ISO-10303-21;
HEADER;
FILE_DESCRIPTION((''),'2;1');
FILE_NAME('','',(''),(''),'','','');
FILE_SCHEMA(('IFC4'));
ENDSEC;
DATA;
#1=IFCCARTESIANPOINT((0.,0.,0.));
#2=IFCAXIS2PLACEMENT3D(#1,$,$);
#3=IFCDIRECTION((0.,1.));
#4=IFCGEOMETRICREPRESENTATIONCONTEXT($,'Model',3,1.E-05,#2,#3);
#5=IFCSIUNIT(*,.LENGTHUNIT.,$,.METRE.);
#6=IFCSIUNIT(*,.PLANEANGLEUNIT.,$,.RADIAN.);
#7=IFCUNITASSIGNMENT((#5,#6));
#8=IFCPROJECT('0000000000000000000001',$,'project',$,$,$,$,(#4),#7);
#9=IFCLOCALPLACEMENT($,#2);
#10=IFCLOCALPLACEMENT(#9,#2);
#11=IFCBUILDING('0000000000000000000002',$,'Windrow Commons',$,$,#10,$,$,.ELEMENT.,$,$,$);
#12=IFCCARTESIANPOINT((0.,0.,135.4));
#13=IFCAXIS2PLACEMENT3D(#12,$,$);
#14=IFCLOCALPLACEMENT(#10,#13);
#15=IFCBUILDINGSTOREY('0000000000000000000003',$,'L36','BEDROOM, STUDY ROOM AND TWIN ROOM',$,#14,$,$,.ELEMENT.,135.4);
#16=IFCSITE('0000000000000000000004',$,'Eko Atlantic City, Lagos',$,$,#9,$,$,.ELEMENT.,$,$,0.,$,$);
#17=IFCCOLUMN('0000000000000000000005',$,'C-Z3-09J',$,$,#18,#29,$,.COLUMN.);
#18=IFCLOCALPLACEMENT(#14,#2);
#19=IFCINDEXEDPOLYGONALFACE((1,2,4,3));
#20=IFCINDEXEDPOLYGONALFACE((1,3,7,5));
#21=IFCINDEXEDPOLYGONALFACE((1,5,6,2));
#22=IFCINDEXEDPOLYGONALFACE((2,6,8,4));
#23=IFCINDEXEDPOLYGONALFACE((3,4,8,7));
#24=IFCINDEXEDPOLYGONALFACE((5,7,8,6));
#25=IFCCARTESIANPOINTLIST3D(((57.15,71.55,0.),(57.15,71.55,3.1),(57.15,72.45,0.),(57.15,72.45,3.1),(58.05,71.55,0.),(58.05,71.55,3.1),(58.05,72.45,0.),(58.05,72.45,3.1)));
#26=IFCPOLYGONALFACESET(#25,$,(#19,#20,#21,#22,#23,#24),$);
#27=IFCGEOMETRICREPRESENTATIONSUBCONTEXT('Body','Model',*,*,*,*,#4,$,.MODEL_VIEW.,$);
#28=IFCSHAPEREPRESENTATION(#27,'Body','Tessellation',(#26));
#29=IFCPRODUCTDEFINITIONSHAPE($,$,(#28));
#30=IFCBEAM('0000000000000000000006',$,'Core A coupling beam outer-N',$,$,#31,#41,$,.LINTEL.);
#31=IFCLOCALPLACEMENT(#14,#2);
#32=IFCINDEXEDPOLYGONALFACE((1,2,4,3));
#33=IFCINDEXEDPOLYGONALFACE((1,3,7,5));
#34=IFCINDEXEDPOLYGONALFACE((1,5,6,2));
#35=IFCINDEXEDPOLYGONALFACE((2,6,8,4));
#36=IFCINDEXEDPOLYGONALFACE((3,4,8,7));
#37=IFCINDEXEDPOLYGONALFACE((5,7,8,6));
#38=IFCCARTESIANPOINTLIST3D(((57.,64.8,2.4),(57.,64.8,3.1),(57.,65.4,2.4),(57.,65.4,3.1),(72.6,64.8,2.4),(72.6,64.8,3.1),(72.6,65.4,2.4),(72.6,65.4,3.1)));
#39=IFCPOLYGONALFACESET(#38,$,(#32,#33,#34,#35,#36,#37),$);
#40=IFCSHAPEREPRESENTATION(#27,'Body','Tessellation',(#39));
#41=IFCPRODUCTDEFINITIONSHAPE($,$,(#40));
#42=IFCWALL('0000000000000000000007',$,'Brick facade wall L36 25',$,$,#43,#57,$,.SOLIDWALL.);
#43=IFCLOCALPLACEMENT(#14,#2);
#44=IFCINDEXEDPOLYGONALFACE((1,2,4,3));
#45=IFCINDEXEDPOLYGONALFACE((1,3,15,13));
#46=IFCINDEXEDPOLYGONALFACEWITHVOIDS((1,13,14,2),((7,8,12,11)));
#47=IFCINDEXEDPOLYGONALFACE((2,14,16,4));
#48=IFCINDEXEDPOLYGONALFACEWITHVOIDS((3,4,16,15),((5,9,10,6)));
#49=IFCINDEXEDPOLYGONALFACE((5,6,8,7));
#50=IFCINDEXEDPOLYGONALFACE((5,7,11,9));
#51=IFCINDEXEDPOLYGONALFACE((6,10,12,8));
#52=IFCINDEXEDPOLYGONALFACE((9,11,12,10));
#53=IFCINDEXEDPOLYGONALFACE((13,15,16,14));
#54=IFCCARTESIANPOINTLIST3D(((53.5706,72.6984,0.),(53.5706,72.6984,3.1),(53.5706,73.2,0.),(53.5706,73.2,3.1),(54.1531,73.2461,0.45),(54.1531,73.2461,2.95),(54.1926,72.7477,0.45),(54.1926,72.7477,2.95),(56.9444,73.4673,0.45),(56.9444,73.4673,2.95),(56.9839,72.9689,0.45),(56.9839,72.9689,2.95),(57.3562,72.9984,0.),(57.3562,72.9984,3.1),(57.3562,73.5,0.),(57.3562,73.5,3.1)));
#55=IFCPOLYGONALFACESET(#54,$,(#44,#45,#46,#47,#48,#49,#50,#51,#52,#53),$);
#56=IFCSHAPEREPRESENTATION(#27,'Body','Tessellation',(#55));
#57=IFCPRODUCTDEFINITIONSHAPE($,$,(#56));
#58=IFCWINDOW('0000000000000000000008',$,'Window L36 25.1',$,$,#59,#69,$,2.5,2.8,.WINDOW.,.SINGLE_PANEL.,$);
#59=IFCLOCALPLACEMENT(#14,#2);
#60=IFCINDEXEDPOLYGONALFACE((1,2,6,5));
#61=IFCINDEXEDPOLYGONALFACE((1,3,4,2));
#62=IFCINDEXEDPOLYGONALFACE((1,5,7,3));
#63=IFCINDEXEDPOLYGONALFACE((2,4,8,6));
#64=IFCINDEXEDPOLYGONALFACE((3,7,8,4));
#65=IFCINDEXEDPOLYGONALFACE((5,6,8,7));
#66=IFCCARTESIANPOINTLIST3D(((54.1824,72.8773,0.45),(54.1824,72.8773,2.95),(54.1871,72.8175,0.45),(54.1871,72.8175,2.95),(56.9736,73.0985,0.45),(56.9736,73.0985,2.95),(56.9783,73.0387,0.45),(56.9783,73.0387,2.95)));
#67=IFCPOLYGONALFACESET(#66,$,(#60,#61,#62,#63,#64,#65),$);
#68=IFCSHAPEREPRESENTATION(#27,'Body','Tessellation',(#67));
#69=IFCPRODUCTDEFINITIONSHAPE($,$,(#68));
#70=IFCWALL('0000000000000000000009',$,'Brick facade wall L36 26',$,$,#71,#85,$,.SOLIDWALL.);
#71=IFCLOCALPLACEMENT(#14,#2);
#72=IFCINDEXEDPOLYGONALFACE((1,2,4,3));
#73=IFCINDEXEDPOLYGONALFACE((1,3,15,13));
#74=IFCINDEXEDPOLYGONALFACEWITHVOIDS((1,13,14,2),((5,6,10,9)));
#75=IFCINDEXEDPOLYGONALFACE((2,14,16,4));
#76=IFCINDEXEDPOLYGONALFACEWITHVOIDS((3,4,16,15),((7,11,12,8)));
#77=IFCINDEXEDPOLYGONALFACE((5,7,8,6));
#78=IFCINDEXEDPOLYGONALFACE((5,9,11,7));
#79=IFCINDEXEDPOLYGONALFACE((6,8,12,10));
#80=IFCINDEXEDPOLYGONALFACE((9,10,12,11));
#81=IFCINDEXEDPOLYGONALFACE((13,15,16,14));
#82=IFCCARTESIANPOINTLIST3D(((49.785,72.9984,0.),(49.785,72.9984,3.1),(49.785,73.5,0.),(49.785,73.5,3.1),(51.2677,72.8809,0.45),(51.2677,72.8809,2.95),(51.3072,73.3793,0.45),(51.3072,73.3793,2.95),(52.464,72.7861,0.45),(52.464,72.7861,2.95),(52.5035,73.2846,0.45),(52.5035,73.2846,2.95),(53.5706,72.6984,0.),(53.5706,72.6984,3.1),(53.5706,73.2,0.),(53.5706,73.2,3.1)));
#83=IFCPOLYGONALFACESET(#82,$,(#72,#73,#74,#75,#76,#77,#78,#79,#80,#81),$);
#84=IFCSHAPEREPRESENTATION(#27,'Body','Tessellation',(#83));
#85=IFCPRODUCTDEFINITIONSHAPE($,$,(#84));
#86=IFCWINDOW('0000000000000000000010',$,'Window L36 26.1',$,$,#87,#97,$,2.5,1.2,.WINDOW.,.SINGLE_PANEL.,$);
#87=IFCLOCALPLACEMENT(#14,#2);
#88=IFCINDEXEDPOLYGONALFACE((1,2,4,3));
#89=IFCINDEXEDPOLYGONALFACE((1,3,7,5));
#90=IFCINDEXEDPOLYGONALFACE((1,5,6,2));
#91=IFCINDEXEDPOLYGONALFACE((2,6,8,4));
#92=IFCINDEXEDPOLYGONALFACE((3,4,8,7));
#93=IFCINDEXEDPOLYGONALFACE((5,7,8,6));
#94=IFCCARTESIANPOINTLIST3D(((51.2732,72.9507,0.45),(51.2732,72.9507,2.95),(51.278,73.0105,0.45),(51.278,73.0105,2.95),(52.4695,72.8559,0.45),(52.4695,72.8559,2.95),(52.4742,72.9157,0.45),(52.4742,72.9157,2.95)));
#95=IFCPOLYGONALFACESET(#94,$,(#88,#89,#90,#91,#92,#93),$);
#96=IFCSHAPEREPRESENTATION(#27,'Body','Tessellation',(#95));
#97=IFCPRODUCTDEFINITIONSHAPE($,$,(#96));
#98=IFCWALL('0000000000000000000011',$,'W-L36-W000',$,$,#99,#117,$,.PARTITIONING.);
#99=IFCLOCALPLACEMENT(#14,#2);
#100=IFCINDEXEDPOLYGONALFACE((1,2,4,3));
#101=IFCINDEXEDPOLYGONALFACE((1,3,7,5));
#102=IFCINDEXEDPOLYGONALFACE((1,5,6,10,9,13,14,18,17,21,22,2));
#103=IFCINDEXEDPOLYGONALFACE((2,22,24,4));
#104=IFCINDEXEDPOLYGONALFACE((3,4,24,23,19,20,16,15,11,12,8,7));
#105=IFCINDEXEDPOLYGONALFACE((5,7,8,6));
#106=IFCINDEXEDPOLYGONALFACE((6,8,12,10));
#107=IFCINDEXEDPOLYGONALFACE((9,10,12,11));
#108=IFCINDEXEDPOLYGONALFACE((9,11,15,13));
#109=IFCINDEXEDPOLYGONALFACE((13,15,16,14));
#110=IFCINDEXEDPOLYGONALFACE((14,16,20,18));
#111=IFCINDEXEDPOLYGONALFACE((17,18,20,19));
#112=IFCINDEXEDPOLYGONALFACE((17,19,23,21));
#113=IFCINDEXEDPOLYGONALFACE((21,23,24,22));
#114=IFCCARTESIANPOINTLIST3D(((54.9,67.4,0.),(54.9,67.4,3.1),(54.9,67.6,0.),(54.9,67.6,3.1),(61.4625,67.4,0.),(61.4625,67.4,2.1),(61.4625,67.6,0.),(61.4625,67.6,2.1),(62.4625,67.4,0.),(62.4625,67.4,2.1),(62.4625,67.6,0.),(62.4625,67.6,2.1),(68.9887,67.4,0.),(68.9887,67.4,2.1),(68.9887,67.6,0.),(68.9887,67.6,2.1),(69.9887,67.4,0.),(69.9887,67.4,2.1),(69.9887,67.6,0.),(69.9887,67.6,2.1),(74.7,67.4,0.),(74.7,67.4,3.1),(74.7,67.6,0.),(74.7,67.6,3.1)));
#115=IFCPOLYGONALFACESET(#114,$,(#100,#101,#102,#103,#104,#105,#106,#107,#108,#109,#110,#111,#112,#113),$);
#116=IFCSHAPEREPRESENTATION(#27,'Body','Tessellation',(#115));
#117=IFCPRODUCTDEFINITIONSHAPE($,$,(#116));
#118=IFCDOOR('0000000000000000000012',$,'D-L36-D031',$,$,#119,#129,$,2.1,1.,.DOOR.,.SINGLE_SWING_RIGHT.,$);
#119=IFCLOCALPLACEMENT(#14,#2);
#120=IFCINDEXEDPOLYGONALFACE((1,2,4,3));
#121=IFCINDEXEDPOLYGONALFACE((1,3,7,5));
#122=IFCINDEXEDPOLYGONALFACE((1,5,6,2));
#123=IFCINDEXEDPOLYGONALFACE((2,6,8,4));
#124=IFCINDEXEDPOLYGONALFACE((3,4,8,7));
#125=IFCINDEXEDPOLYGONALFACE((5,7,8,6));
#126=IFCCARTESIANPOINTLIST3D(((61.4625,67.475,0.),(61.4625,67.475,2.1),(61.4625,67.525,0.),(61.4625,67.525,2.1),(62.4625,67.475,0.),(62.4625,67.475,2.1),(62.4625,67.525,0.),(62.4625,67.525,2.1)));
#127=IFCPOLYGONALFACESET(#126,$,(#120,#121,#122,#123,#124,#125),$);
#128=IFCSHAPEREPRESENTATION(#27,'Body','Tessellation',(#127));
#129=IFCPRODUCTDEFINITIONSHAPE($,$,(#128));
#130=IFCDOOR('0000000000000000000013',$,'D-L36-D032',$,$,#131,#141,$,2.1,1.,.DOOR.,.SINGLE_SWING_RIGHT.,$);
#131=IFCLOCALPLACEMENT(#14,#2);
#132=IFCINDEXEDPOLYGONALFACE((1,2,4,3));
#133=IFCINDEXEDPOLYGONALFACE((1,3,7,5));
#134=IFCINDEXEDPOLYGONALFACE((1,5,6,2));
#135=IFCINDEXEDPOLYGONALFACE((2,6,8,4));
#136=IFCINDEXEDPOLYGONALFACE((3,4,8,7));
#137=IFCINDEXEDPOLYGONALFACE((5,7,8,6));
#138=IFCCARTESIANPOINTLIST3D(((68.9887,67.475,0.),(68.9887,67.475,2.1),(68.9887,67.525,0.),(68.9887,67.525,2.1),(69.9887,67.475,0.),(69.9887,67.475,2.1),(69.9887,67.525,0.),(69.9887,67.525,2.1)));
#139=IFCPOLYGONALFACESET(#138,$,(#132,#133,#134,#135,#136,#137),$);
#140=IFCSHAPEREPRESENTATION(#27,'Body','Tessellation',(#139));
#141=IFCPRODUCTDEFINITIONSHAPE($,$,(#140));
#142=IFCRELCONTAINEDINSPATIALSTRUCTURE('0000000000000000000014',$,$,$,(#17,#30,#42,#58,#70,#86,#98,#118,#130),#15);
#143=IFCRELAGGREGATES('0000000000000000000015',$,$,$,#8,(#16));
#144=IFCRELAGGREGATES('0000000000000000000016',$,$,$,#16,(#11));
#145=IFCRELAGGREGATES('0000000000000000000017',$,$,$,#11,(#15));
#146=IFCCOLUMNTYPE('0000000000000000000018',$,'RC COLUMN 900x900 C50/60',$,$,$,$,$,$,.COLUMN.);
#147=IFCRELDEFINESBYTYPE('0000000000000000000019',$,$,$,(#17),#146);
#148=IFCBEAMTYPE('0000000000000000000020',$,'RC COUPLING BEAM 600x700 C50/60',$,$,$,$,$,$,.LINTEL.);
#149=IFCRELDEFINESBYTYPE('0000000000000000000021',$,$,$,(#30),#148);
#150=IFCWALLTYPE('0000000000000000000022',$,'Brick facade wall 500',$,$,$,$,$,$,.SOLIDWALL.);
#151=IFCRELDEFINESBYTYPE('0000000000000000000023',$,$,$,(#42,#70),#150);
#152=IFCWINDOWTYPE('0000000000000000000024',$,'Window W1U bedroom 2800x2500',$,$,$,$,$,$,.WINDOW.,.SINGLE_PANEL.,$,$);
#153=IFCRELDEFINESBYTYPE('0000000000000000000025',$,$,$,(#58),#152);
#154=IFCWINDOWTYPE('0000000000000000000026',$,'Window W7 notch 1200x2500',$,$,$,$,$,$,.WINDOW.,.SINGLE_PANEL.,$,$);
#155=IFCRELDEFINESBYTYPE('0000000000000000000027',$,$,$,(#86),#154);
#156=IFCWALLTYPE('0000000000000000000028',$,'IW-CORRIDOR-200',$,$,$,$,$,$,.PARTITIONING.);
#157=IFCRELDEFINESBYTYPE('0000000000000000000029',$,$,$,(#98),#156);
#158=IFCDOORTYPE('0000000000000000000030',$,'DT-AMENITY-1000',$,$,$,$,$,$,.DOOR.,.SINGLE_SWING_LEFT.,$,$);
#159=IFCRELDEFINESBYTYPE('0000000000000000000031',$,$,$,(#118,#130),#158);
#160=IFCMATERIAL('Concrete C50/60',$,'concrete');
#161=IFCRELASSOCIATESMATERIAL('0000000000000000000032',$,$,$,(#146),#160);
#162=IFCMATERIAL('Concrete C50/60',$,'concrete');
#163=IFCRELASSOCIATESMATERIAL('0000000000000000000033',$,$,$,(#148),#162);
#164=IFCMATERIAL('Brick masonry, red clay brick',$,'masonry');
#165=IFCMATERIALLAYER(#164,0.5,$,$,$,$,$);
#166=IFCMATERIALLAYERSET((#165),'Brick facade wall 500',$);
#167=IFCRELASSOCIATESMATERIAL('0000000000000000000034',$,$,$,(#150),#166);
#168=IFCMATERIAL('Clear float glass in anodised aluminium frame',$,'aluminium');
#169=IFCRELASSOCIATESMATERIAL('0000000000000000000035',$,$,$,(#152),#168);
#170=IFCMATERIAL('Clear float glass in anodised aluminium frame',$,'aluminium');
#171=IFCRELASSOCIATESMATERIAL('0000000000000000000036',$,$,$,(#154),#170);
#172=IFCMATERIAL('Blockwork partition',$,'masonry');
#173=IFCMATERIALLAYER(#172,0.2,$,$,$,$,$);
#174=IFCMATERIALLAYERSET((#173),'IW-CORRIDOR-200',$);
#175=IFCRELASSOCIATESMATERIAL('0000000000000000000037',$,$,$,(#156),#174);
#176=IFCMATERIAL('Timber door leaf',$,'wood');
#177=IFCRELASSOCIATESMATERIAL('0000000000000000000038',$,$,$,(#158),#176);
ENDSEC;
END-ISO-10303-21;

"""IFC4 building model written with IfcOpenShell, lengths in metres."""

from ifc_helpers import new_model, si_unit, direction, frame, frame_2d, origin, origin_2d, place, context, subcontext, project, spatial, polyline, rectangle, outline, extrude, material, layer, layer_set, material_profile, profile_set, type_object, element, fill, save


model = new_model("IFC4")

# Units and contexts
model_context = context("Model", 3, precision=1e-05, world=origin(), true_north=direction((0.0, 1.0)))
body_context = subcontext(model_context, "Body", "Model", "MODEL_VIEW")
ifc_project = project(units=[si_unit("LENGTHUNIT", "METRE"), si_unit("PLANEANGLEUNIT", "RADIAN")], contexts=[model_context])

# Site, building, storey
site_placement = place(None, origin())
site = spatial("IfcSite", under=ifc_project, at=site_placement, Name="Eko Atlantic City, Lagos", CompositionType="ELEMENT", RefElevation=0.0)
building_placement = place(site_placement, origin())
building = spatial("IfcBuilding", under=site, at=building_placement, Name="Windrow Commons", CompositionType="ELEMENT")
storey_placement = place(building_placement, frame((0.0, 0.0, 135.4)))
storey = spatial("IfcBuildingStorey", under=building, at=storey_placement, Name="L36", Description="BEDROOM, STUDY ROOM AND TWIN ROOM", CompositionType="ELEMENT", Elevation=135.4)

# Column
ifc_material_1 = material(Name="Concrete C50/60", Category="concrete")
ifc_material_profile_1 = material_profile(ifc_material_1, rectangle(XDim=0.9, YDim=0.9, at=origin_2d()))
ifc_profile_set_1 = profile_set([ifc_material_profile_1], Name="Concrete C50/60")
column_type = type_object("IfcColumnType", Name="RC COLUMN 900x900 C50/60", PredefinedType="COLUMN", material=ifc_profile_set_1)
column_placement = place(storey_placement, frame((57.6, 72.0, 0.0), z_axis=(0.0, 0.0, 1.0), x_axis=(1.0, 0.0, 0.0)))
element("IfcColumn", 1, at=column_placement, inside=storey, type_object=column_type, Name="C-Z3-09J", PredefinedType="COLUMN", context=body_context, shape_type="SweptSolid", body=[
    extrude(rectangle(XDim=0.9, YDim=0.9, at=origin_2d()), origin(), (0.0, 0.0, 1.0), 3.1),
])

# Beam
ifc_material_2 = material(Name="Concrete C50/60", Category="concrete")
ifc_material_profile_2 = material_profile(ifc_material_2, rectangle(XDim=0.6, YDim=0.7, at=origin_2d()))
ifc_profile_set_2 = profile_set([ifc_material_profile_2], Name="Concrete C50/60")
beam_type = type_object("IfcBeamType", Name="RC COUPLING BEAM 600x700 C50/60", PredefinedType="LINTEL", material=ifc_profile_set_2)
beam_placement = place(storey_placement, frame((57.0, 65.1, 2.75), z_axis=(1.0, 0.0, 0.0), x_axis=(0.0, 1.0, 0.0)))
element("IfcBeam", 2, at=beam_placement, inside=storey, type_object=beam_type, Name="Core A coupling beam outer-N", PredefinedType="LINTEL", context=body_context, shape_type="SweptSolid", body=[
    extrude(rectangle(XDim=0.6, YDim=0.7, at=origin_2d()), origin(), (0.0, 0.0, 1.0), 15.6),
])

# Walls, openings, windows
ifc_material_3 = material(Name="Brick masonry, red clay brick", Category="masonry")
ifc_layer_1 = layer(ifc_material_3, 0.5)
ifc_layer_set_1 = layer_set([ifc_layer_1], Name="Brick facade wall 500")
wall_type_1 = type_object("IfcWallType", Name="Brick facade wall 500", PredefinedType="SOLIDWALL", material=ifc_layer_set_1)
wall_1_placement = place(storey_placement, frame((57.3562, 73.2492, 0.0), z_axis=(0.0, 0.0, 1.0), x_axis=(-0.996875, -0.079, 0.0)))
wall_1 = element("IfcWall", 3, at=wall_1_placement, inside=storey, type_object=wall_type_1, Name="Brick facade wall L36 25", PredefinedType="SOLIDWALL", context=body_context, shape_type="SweptSolid", body=[
    extrude(outline(polyline([(-0.0198, -0.25), (3.7777, -0.25), (3.8173, 0.25), (0.0198, 0.25), (-0.0198, -0.25)])), origin(), (0.0, 0.0, 1.0), 3.1),
])
opening_1_placement = place(wall_1_placement, frame((0.3933, 0.0, 0.45)))
opening_1 = element("IfcOpeningElement", 4, at=opening_1_placement, cuts=wall_1, PredefinedType="OPENING", context=body_context, shape_type="SweptSolid", body=[
    extrude(rectangle(XDim=2.8, YDim=2.5, at=frame_2d((1.4, 1.25))), frame((0.0, 0.26, 0.0), z_axis=(0.0, -1.0, 0.0), x_axis=(1.0, 0.0, 0.0)), (0.0, 0.0, 1.0), 0.52),
])
ifc_material_4 = material(Name="Clear float glass in anodised aluminium frame", Category="aluminium")
window_type_1 = type_object("IfcWindowType", Name="Window W1U bedroom 2800x2500", PartitioningType="SINGLE_PANEL", PredefinedType="WINDOW", material=ifc_material_4)
window_1_placement = place(opening_1_placement, origin())
window_1 = element("IfcWindow", 5, at=window_1_placement, inside=storey, type_object=window_type_1, Name="Window L36 25.1", OverallHeight=2.5, OverallWidth=2.8, PartitioningType="SINGLE_PANEL", PredefinedType="WINDOW", context=body_context, shape_type="SweptSolid", body=[
    extrude(rectangle(XDim=2.8, YDim=2.5, at=frame_2d((1.4, 1.25))), frame((0.0, 0.18, 0.0), z_axis=(0.0, -1.0, 0.0), x_axis=(1.0, 0.0, 0.0)), (0.0, 0.0, 1.0), 0.06),
])
fill(opening_1, window_1)
wall_2_placement = place(storey_placement, frame((53.5706, 72.9492, 0.0), z_axis=(0.0, 0.0, 1.0), x_axis=(-0.996875, 0.078998, 0.0)))
wall_2 = element("IfcWall", 6, at=wall_2_placement, inside=storey, type_object=wall_type_1, Name="Brick facade wall L36 26", PredefinedType="SOLIDWALL", context=body_context, shape_type="SweptSolid", body=[
    extrude(outline(polyline([(0.0198, -0.25), (3.8173, -0.25), (3.7777, 0.25), (-0.0198, 0.25), (0.0198, -0.25)])), origin(), (0.0, 0.0, 1.0), 3.1),
])
opening_2_placement = place(wall_2_placement, frame((1.0903, 0.0, 0.45)))
opening_2 = element("IfcOpeningElement", 7, at=opening_2_placement, cuts=wall_2, PredefinedType="OPENING", context=body_context, shape_type="SweptSolid", body=[
    extrude(rectangle(XDim=1.2, YDim=2.5, at=frame_2d((0.6, 1.25))), frame((0.0, 0.26, 0.0), z_axis=(0.0, -1.0, 0.0), x_axis=(1.0, 0.0, 0.0)), (0.0, 0.0, 1.0), 0.52),
])
ifc_material_5 = material(Name="Clear float glass in anodised aluminium frame", Category="aluminium")
window_type_2 = type_object("IfcWindowType", Name="Window W7 notch 1200x2500", PartitioningType="SINGLE_PANEL", PredefinedType="WINDOW", material=ifc_material_5)
window_2_placement = place(opening_2_placement, origin())
window_2 = element("IfcWindow", 8, at=window_2_placement, inside=storey, type_object=window_type_2, Name="Window L36 26.1", OverallHeight=2.5, OverallWidth=1.2, PartitioningType="SINGLE_PANEL", PredefinedType="WINDOW", context=body_context, shape_type="SweptSolid", body=[
    extrude(rectangle(XDim=1.2, YDim=2.5, at=frame_2d((0.6, 1.25))), frame((0.0, 0.18, 0.0), z_axis=(0.0, -1.0, 0.0), x_axis=(1.0, 0.0, 0.0)), (0.0, 0.0, 1.0), 0.06),
])
fill(opening_2, window_2)

# Wall, openings, doors
ifc_material_6 = material(Name="Blockwork partition", Category="masonry")
ifc_layer_2 = layer(ifc_material_6, 0.2)
ifc_layer_set_2 = layer_set([ifc_layer_2], Name="IW-CORRIDOR-200")
wall_type_2 = type_object("IfcWallType", Name="IW-CORRIDOR-200", PredefinedType="PARTITIONING", material=ifc_layer_set_2)
wall_3_placement = place(storey_placement, frame((54.9, 67.5, 0.0), z_axis=(0.0, 0.0, 1.0), x_axis=(1.0, 0.0, 0.0)))
wall_3 = element("IfcWall", 9, at=wall_3_placement, inside=storey, type_object=wall_type_2, Name="W-L36-W000", PredefinedType="PARTITIONING", context=body_context, shape_type="SweptSolid", body=[
    extrude(rectangle(XDim=19.8, YDim=0.2, at=frame_2d((9.9, 0.0))), origin(), (0.0, 0.0, 1.0), 3.1),
])
opening_3_placement = place(wall_3_placement, frame((6.5625, 0.0, 0.0)))
opening_3 = element("IfcOpeningElement", 10, at=opening_3_placement, cuts=wall_3, PredefinedType="OPENING", context=body_context, shape_type="SweptSolid", body=[
    extrude(rectangle(XDim=1.0, YDim=2.1, at=frame_2d((0.5, 1.05))), frame((0.0, 0.11, 0.0), z_axis=(0.0, -1.0, 0.0), x_axis=(1.0, 0.0, 0.0)), (0.0, 0.0, 1.0), 0.22),
])
opening_4_placement = place(wall_3_placement, frame((14.0887, 0.0, 0.0)))
opening_4 = element("IfcOpeningElement", 11, at=opening_4_placement, cuts=wall_3, PredefinedType="OPENING", context=body_context, shape_type="SweptSolid", body=[
    extrude(rectangle(XDim=1.0, YDim=2.1, at=frame_2d((0.5, 1.05))), frame((0.0, 0.11, 0.0), z_axis=(0.0, -1.0, 0.0), x_axis=(1.0, 0.0, 0.0)), (0.0, 0.0, 1.0), 0.22),
])
ifc_material_7 = material(Name="Timber door leaf", Category="wood")
door_type_1 = type_object("IfcDoorType", Name="DT-AMENITY-1000", OperationType="SINGLE_SWING_LEFT", PredefinedType="DOOR", material=ifc_material_7)
door_1_placement = place(opening_3_placement, origin())
door_1 = element("IfcDoor", 12, at=door_1_placement, inside=storey, type_object=door_type_1, Name="D-L36-D031", OperationType="SINGLE_SWING_RIGHT", OverallHeight=2.1, OverallWidth=1.0, PredefinedType="DOOR", context=body_context, shape_type="SweptSolid", body=[
    extrude(rectangle(XDim=1.0, YDim=2.1, at=frame_2d((0.5, 1.05))), frame((0.0, 0.025, 0.0), z_axis=(0.0, -1.0, 0.0), x_axis=(1.0, 0.0, 0.0)), (0.0, 0.0, 1.0), 0.05),
])
fill(opening_3, door_1)
door_2_placement = place(opening_4_placement, origin())
door_2 = element("IfcDoor", 13, at=door_2_placement, inside=storey, type_object=door_type_1, Name="D-L36-D032", OperationType="SINGLE_SWING_RIGHT", OverallHeight=2.1, OverallWidth=1.0, PredefinedType="DOOR", context=body_context, shape_type="SweptSolid", body=[
    extrude(rectangle(XDim=1.0, YDim=2.1, at=frame_2d((0.5, 1.05))), frame((0.0, 0.025, 0.0), z_axis=(0.0, -1.0, 0.0), x_axis=(1.0, 0.0, 0.0)), (0.0, 0.0, 1.0), 0.05),
])
fill(opening_4, door_2)

save(model, "model.ifc")
